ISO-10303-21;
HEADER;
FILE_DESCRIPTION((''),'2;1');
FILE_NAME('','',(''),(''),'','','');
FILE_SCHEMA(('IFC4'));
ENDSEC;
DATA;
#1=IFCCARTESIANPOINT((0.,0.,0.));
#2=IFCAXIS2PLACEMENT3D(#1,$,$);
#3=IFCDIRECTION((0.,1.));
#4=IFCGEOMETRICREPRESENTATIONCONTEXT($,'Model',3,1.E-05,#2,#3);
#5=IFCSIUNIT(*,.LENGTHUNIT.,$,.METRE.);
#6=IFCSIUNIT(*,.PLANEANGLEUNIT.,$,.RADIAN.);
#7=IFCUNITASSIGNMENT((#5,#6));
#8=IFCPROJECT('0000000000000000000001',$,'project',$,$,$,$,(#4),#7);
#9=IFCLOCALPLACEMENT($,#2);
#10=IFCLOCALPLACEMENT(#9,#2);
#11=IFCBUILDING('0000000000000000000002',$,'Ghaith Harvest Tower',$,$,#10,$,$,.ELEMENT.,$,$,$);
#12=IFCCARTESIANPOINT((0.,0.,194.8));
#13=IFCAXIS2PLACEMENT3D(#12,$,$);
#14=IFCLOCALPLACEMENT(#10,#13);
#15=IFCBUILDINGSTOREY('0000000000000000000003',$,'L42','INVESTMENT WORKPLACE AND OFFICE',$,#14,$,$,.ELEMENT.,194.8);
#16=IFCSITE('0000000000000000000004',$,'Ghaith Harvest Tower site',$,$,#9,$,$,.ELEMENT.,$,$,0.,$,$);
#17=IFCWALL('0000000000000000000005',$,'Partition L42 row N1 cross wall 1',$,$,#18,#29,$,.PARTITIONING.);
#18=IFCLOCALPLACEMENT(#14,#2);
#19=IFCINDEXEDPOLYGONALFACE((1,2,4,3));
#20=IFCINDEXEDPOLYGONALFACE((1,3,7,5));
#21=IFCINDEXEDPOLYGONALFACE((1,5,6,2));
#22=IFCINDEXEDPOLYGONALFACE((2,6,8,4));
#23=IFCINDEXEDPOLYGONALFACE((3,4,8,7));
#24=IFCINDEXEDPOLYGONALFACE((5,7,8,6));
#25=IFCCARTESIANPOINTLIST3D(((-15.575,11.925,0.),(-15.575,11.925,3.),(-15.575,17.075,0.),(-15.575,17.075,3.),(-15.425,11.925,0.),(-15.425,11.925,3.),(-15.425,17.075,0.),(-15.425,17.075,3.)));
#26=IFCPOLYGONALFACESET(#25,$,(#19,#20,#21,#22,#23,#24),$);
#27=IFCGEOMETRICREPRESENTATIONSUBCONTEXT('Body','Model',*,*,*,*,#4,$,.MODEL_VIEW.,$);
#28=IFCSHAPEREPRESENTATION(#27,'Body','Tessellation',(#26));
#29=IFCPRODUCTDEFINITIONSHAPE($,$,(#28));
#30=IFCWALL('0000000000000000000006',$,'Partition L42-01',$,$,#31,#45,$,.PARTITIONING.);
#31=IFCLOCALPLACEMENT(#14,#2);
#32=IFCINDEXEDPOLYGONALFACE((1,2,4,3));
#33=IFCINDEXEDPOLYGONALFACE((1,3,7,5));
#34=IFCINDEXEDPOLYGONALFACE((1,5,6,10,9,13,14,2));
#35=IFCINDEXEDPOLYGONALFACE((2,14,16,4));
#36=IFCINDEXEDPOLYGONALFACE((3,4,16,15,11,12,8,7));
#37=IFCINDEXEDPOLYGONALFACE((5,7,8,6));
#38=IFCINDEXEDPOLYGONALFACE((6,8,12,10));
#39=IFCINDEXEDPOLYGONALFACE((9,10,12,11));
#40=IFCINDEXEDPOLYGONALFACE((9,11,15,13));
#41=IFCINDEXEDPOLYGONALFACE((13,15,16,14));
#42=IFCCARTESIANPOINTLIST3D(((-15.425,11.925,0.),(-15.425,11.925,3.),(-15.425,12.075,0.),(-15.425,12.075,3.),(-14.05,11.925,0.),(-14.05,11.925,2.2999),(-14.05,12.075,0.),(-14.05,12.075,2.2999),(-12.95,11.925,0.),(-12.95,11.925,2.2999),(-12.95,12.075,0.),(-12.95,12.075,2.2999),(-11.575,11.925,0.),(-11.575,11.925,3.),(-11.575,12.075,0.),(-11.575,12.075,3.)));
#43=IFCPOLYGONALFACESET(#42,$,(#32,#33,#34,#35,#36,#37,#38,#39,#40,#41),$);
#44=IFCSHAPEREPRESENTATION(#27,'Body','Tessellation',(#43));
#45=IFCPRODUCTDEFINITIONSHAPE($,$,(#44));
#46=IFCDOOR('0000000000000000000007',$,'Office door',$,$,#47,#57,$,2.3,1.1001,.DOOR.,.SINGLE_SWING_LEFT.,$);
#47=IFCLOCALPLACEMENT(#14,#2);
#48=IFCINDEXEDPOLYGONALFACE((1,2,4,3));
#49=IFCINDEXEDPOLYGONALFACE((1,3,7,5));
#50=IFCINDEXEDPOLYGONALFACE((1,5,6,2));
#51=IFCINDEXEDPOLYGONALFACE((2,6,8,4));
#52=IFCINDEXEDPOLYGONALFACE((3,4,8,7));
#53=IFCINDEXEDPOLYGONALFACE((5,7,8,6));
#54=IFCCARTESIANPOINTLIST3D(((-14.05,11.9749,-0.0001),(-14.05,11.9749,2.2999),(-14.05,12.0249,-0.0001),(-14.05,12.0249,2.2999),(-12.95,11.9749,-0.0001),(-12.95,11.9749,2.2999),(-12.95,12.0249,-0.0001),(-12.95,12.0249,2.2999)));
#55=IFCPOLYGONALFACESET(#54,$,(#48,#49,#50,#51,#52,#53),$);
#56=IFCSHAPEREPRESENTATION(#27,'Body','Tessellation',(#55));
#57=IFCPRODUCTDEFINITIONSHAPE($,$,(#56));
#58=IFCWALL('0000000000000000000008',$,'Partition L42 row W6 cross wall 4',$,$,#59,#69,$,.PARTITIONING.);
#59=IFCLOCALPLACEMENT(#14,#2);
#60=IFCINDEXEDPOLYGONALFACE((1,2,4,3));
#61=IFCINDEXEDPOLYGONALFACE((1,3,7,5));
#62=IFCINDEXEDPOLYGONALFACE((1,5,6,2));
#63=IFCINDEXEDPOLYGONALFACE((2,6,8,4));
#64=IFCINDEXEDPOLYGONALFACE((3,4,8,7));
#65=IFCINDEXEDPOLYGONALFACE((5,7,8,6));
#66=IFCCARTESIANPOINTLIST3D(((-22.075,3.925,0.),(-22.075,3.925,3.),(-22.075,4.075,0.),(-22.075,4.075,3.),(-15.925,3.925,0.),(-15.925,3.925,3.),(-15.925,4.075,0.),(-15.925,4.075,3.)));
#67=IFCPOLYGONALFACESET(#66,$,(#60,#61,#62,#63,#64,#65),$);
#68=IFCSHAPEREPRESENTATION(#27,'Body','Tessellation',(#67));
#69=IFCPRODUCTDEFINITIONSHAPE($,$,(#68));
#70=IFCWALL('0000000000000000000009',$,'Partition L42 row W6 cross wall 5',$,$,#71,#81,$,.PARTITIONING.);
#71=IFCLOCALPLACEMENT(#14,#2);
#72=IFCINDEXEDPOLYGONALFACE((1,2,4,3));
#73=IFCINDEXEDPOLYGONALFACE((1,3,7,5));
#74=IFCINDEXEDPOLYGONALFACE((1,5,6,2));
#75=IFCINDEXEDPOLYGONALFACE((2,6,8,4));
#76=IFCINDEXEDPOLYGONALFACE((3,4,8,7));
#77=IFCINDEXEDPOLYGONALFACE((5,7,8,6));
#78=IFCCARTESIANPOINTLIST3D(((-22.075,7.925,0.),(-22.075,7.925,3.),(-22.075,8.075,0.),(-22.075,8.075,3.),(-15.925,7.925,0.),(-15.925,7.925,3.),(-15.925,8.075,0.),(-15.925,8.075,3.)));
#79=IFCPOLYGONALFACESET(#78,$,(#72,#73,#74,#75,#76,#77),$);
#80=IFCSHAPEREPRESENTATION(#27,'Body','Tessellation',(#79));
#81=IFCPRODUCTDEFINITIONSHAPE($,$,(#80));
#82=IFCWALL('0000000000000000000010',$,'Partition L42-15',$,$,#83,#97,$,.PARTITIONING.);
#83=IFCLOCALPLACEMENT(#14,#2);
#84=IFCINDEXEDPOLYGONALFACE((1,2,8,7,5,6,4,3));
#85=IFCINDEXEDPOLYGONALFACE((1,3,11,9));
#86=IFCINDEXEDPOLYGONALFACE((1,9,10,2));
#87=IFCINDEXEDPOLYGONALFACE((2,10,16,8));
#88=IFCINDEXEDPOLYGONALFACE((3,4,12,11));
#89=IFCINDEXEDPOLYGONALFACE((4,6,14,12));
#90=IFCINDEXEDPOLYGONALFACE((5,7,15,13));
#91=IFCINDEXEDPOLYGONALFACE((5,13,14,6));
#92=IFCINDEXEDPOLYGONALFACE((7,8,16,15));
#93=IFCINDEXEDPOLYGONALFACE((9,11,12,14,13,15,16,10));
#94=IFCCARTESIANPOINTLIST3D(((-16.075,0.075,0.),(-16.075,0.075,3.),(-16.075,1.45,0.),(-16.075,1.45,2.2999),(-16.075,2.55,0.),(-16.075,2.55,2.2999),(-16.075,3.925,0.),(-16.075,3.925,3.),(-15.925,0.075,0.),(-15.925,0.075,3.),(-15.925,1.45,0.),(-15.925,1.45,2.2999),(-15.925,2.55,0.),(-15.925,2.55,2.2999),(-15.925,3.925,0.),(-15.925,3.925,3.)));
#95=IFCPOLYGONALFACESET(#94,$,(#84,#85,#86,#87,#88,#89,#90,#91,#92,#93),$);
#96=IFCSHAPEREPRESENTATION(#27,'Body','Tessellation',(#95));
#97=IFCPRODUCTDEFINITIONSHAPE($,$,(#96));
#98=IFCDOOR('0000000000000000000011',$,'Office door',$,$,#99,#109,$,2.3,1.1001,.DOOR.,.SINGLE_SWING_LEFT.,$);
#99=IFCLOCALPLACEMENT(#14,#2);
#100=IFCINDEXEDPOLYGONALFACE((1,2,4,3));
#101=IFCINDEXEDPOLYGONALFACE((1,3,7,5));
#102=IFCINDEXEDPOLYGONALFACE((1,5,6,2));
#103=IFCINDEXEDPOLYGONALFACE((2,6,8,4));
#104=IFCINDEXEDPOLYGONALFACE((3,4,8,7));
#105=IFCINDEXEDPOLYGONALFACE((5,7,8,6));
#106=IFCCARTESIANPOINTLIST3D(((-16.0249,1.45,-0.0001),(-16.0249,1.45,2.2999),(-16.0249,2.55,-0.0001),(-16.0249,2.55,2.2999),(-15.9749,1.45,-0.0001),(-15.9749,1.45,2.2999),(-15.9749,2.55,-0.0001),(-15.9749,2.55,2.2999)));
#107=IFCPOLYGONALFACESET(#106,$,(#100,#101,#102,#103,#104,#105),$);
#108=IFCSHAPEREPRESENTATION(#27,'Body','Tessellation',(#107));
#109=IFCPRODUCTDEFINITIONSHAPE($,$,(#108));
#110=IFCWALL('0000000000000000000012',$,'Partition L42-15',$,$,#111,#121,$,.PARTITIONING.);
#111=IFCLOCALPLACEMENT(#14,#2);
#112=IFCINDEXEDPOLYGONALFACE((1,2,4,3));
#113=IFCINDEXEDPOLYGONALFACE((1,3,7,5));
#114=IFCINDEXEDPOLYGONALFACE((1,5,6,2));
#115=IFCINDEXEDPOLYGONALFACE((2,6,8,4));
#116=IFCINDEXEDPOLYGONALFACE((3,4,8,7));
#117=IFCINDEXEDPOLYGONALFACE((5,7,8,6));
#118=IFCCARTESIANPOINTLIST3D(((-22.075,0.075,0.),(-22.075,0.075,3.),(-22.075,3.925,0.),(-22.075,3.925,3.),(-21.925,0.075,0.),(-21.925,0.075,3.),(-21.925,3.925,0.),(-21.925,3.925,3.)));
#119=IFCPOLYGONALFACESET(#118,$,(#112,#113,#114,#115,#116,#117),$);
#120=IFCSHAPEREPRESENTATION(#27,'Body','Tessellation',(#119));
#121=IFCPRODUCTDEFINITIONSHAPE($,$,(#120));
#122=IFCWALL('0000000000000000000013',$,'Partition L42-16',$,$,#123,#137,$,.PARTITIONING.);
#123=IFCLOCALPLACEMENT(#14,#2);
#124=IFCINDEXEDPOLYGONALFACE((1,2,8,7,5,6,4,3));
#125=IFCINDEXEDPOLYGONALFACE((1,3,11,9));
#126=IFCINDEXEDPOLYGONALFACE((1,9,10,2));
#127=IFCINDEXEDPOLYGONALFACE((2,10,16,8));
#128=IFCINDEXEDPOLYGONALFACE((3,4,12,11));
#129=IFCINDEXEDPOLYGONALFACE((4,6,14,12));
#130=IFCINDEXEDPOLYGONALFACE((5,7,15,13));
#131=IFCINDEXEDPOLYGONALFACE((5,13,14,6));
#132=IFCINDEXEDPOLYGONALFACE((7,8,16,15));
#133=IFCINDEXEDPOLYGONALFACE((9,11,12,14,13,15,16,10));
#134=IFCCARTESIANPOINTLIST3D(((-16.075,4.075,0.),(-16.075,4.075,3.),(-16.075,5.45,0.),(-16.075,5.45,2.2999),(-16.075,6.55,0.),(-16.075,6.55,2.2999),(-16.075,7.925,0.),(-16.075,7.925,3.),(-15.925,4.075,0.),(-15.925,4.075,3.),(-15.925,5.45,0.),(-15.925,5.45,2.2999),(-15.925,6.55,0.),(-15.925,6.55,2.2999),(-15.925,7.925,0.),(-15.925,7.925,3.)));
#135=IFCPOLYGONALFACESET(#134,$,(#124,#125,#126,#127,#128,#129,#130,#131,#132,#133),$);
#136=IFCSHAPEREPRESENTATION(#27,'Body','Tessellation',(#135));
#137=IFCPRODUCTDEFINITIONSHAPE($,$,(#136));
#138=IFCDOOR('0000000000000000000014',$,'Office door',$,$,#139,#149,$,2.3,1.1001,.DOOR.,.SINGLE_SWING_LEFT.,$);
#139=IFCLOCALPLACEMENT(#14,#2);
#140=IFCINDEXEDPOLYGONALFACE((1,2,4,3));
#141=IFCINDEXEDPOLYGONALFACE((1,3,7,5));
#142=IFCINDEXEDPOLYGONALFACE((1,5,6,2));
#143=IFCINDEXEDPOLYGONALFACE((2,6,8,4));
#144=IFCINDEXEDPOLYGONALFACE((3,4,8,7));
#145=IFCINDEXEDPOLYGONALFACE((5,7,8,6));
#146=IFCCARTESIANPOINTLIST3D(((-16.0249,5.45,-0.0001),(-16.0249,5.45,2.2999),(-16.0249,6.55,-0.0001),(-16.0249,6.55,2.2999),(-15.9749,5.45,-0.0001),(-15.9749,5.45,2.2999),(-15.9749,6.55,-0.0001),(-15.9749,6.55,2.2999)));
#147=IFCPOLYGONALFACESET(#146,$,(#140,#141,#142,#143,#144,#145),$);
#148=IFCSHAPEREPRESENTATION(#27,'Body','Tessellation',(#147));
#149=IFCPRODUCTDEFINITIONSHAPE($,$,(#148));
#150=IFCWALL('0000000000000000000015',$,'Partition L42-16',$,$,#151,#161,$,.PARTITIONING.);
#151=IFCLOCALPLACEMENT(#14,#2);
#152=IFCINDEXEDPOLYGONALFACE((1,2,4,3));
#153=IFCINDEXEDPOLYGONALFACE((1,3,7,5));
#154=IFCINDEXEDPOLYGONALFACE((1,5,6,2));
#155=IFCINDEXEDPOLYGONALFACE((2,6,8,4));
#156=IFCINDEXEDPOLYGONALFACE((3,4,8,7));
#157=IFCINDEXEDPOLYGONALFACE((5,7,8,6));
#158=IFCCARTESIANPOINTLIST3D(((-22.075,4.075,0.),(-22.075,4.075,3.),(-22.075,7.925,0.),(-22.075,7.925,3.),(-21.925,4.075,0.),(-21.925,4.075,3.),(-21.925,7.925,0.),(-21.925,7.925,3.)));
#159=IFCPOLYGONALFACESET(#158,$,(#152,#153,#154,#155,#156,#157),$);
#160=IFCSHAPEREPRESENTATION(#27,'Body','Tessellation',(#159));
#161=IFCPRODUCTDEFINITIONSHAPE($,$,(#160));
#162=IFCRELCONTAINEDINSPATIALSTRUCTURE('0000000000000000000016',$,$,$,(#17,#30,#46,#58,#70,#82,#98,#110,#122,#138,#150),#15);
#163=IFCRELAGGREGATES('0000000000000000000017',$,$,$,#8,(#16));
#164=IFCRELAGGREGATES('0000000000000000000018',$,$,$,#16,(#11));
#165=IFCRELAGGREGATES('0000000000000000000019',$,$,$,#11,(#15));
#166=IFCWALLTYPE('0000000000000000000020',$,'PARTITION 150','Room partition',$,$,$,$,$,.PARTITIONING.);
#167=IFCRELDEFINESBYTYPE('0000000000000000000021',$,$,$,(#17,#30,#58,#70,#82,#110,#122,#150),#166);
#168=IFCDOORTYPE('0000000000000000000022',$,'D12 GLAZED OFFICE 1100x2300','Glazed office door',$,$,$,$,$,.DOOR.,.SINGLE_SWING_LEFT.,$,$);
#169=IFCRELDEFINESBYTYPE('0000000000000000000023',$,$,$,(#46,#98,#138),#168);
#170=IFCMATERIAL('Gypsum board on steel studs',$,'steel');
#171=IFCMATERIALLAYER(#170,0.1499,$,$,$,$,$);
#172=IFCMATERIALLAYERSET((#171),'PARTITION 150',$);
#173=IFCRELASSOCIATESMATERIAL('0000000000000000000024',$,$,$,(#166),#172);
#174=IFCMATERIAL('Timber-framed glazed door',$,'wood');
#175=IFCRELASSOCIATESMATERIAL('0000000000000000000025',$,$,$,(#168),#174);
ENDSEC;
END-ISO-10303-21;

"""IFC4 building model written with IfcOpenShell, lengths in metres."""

from ifc_helpers import new_model, si_unit, direction, frame, frame_2d, origin, place, context, subcontext, project, spatial, rectangle, extrude, material, layer, layer_set, type_object, element, fill, save


model = new_model("IFC4")

# Units and contexts
model_context = context("Model", 3, precision=1e-05, world=origin(), true_north=direction((0.0, 1.0)))
body_context = subcontext(model_context, "Body", "Model", "MODEL_VIEW")
ifc_project = project(units=[si_unit("LENGTHUNIT", "METRE"), si_unit("PLANEANGLEUNIT", "RADIAN")], contexts=[model_context])

# Site, building, storey
site_placement = place(None, origin())
site = spatial("IfcSite", under=ifc_project, at=site_placement, Name="Ghaith Harvest Tower site", CompositionType="ELEMENT", RefElevation=0.0)
building_placement = place(site_placement, origin())
building = spatial("IfcBuilding", under=site, at=building_placement, Name="Ghaith Harvest Tower", CompositionType="ELEMENT")
storey_placement = place(building_placement, frame((0.0, 0.0, 194.8)))
storey = spatial("IfcBuildingStorey", under=building, at=storey_placement, Name="L42", Description="INVESTMENT WORKPLACE AND OFFICE", CompositionType="ELEMENT", Elevation=194.8)

# Wall
ifc_material_1 = material(Name="Gypsum board on steel studs", Category="steel")
ifc_layer_1 = layer(ifc_material_1, 0.1499)
ifc_layer_set_1 = layer_set([ifc_layer_1], Name="PARTITION 150")
wall_type_1 = type_object("IfcWallType", Name="PARTITION 150", Description="Room partition", PredefinedType="PARTITIONING", material=ifc_layer_set_1)
wall_1_placement = place(storey_placement, frame((-15.5, 11.925, 0.0), z_axis=(0.0, 0.0, 1.0), x_axis=(0.0, 1.0, 0.0)))
element("IfcWall", 1, at=wall_1_placement, inside=storey, type_object=wall_type_1, Name="Partition L42 row N1 cross wall 1", PredefinedType="PARTITIONING", context=body_context, shape_type="SweptSolid", body=[
    extrude(rectangle(XDim=5.1499, YDim=0.1499, at=frame_2d((2.575, 0.0))), origin(), (0.0, 0.0, 1.0), 3.0),
])

# Wall, opening, door
wall_2_placement = place(storey_placement, frame((-15.425, 12.0, 0.0), z_axis=(0.0, 0.0, 1.0), x_axis=(1.0, 0.0, 0.0)))
wall_2 = element("IfcWall", 2, at=wall_2_placement, inside=storey, type_object=wall_type_1, Name="Partition L42-01", PredefinedType="PARTITIONING", context=body_context, shape_type="SweptSolid", body=[
    extrude(rectangle(XDim=3.8501, YDim=0.1499, at=frame_2d((1.925, 0.0))), origin(), (0.0, 0.0, 1.0), 3.0),
])
opening_1_placement = place(wall_2_placement, frame((1.375, 0.0, 0.0)))
opening_1 = element("IfcOpeningElement", 3, at=opening_1_placement, cuts=wall_2, PredefinedType="OPENING", context=body_context, shape_type="SweptSolid", body=[
    extrude(rectangle(XDim=1.1001, YDim=2.3, at=frame_2d((0.55, 1.1499))), frame((0.0, 0.085, 0.0), z_axis=(0.0, -1.0, 0.0), x_axis=(1.0, 0.0, 0.0)), (0.0, 0.0, 1.0), 0.1699),
])
ifc_material_2 = material(Name="Timber-framed glazed door", Category="wood")
door_type = type_object("IfcDoorType", Name="D12 GLAZED OFFICE 1100x2300", Description="Glazed office door", OperationType="SINGLE_SWING_LEFT", PredefinedType="DOOR", material=ifc_material_2)
door_1_placement = place(opening_1_placement, origin())
door_1 = element("IfcDoor", 4, at=door_1_placement, inside=storey, type_object=door_type, Name="Office door", OperationType="SINGLE_SWING_LEFT", OverallHeight=2.3, OverallWidth=1.1001, PredefinedType="DOOR", context=body_context, shape_type="SweptSolid", body=[
    extrude(rectangle(XDim=1.1001, YDim=2.3, at=frame_2d((0.55, 1.1499))), frame((0.0, 0.0249, 0.0), z_axis=(0.0, -1.0, 0.0), x_axis=(1.0, 0.0, 0.0)), (0.0, 0.0, 1.0), 0.05),
])
fill(opening_1, door_1)

# Walls
for number, where, z_axis, x_axis, name in (
    (5, (-15.925, 4.0, 0.0), (0.0, 0.0, 1.0), (-1.0, 0.0, 0.0), "Partition L42 row W6 cross wall 4"),
    (6, (-15.925, 8.0, 0.0), (0.0, 0.0, 1.0), (-1.0, 0.0, 0.0), "Partition L42 row W6 cross wall 5"),
):
    element("IfcWall", number, at=place(storey_placement, frame(where, z_axis=z_axis, x_axis=x_axis)), inside=storey, type_object=wall_type_1, Name=name, PredefinedType="PARTITIONING", context=body_context, shape_type="SweptSolid", body=[
        extrude(rectangle(XDim=6.1499, YDim=0.1499, at=frame_2d((3.075, 0.0))), origin(), (0.0, 0.0, 1.0), 3.0),
    ])

# Wall, opening, door
wall_3_placement = place(storey_placement, frame((-16.0, 0.075, 0.0), z_axis=(0.0, 0.0, 1.0), x_axis=(0.0, 1.0, 0.0)))
wall_3 = element("IfcWall", 7, at=wall_3_placement, inside=storey, type_object=wall_type_1, Name="Partition L42-15", PredefinedType="PARTITIONING", context=body_context, shape_type="SweptSolid", body=[
    extrude(rectangle(XDim=3.8501, YDim=0.1499, at=frame_2d((1.925, 0.0))), origin(), (0.0, 0.0, 1.0), 3.0),
])
opening_2_placement = place(wall_3_placement, frame((1.375, 0.0, 0.0)))
opening_2 = element("IfcOpeningElement", 8, at=opening_2_placement, cuts=wall_3, PredefinedType="OPENING", context=body_context, shape_type="SweptSolid", body=[
    extrude(rectangle(XDim=1.1001, YDim=2.3, at=frame_2d((0.55, 1.1499))), frame((0.0, 0.085, 0.0), z_axis=(0.0, -1.0, 0.0), x_axis=(1.0, 0.0, 0.0)), (0.0, 0.0, 1.0), 0.1699),
])
door_2_placement = place(opening_2_placement, origin())
door_2 = element("IfcDoor", 9, at=door_2_placement, inside=storey, type_object=door_type, Name="Office door", OperationType="SINGLE_SWING_LEFT", OverallHeight=2.3, OverallWidth=1.1001, PredefinedType="DOOR", context=body_context, shape_type="SweptSolid", body=[
    extrude(rectangle(XDim=1.1001, YDim=2.3, at=frame_2d((0.55, 1.1499))), frame((0.0, 0.0249, 0.0), z_axis=(0.0, -1.0, 0.0), x_axis=(1.0, 0.0, 0.0)), (0.0, 0.0, 1.0), 0.05),
])
fill(opening_2, door_2)

# Wall
wall_4_placement = place(storey_placement, frame((-22.0, 0.075, 0.0), z_axis=(0.0, 0.0, 1.0), x_axis=(0.0, 1.0, 0.0)))
element("IfcWall", 10, at=wall_4_placement, inside=storey, type_object=wall_type_1, Name="Partition L42-15", PredefinedType="PARTITIONING", context=body_context, shape_type="SweptSolid", body=[
    extrude(rectangle(XDim=3.8501, YDim=0.1499, at=frame_2d((1.925, 0.0))), origin(), (0.0, 0.0, 1.0), 3.0),
])

# Wall, opening, door
wall_5_placement = place(storey_placement, frame((-16.0, 4.075, 0.0), z_axis=(0.0, 0.0, 1.0), x_axis=(0.0, 1.0, 0.0)))
wall_5 = element("IfcWall", 11, at=wall_5_placement, inside=storey, type_object=wall_type_1, Name="Partition L42-16", PredefinedType="PARTITIONING", context=body_context, shape_type="SweptSolid", body=[
    extrude(rectangle(XDim=3.8501, YDim=0.1499, at=frame_2d((1.925, 0.0))), origin(), (0.0, 0.0, 1.0), 3.0),
])
opening_3_placement = place(wall_5_placement, frame((1.375, 0.0, 0.0)))
opening_3 = element("IfcOpeningElement", 12, at=opening_3_placement, cuts=wall_5, PredefinedType="OPENING", context=body_context, shape_type="SweptSolid", body=[
    extrude(rectangle(XDim=1.1001, YDim=2.3, at=frame_2d((0.55, 1.1499))), frame((0.0, 0.085, 0.0), z_axis=(0.0, -1.0, 0.0), x_axis=(1.0, 0.0, 0.0)), (0.0, 0.0, 1.0), 0.1699),
])
door_3_placement = place(opening_3_placement, origin())
door_3 = element("IfcDoor", 13, at=door_3_placement, inside=storey, type_object=door_type, Name="Office door", OperationType="SINGLE_SWING_LEFT", OverallHeight=2.3, OverallWidth=1.1001, PredefinedType="DOOR", context=body_context, shape_type="SweptSolid", body=[
    extrude(rectangle(XDim=1.1001, YDim=2.3, at=frame_2d((0.55, 1.1499))), frame((0.0, 0.0249, 0.0), z_axis=(0.0, -1.0, 0.0), x_axis=(1.0, 0.0, 0.0)), (0.0, 0.0, 1.0), 0.05),
])
fill(opening_3, door_3)

# Wall
wall_6_placement = place(storey_placement, frame((-22.0, 4.075, 0.0), z_axis=(0.0, 0.0, 1.0), x_axis=(0.0, 1.0, 0.0)))
element("IfcWall", 14, at=wall_6_placement, inside=storey, type_object=wall_type_1, Name="Partition L42-16", PredefinedType="PARTITIONING", context=body_context, shape_type="SweptSolid", body=[
    extrude(rectangle(XDim=3.8501, YDim=0.1499, at=frame_2d((1.925, 0.0))), origin(), (0.0, 0.0, 1.0), 3.0),
])

save(model, "model.ifc")
